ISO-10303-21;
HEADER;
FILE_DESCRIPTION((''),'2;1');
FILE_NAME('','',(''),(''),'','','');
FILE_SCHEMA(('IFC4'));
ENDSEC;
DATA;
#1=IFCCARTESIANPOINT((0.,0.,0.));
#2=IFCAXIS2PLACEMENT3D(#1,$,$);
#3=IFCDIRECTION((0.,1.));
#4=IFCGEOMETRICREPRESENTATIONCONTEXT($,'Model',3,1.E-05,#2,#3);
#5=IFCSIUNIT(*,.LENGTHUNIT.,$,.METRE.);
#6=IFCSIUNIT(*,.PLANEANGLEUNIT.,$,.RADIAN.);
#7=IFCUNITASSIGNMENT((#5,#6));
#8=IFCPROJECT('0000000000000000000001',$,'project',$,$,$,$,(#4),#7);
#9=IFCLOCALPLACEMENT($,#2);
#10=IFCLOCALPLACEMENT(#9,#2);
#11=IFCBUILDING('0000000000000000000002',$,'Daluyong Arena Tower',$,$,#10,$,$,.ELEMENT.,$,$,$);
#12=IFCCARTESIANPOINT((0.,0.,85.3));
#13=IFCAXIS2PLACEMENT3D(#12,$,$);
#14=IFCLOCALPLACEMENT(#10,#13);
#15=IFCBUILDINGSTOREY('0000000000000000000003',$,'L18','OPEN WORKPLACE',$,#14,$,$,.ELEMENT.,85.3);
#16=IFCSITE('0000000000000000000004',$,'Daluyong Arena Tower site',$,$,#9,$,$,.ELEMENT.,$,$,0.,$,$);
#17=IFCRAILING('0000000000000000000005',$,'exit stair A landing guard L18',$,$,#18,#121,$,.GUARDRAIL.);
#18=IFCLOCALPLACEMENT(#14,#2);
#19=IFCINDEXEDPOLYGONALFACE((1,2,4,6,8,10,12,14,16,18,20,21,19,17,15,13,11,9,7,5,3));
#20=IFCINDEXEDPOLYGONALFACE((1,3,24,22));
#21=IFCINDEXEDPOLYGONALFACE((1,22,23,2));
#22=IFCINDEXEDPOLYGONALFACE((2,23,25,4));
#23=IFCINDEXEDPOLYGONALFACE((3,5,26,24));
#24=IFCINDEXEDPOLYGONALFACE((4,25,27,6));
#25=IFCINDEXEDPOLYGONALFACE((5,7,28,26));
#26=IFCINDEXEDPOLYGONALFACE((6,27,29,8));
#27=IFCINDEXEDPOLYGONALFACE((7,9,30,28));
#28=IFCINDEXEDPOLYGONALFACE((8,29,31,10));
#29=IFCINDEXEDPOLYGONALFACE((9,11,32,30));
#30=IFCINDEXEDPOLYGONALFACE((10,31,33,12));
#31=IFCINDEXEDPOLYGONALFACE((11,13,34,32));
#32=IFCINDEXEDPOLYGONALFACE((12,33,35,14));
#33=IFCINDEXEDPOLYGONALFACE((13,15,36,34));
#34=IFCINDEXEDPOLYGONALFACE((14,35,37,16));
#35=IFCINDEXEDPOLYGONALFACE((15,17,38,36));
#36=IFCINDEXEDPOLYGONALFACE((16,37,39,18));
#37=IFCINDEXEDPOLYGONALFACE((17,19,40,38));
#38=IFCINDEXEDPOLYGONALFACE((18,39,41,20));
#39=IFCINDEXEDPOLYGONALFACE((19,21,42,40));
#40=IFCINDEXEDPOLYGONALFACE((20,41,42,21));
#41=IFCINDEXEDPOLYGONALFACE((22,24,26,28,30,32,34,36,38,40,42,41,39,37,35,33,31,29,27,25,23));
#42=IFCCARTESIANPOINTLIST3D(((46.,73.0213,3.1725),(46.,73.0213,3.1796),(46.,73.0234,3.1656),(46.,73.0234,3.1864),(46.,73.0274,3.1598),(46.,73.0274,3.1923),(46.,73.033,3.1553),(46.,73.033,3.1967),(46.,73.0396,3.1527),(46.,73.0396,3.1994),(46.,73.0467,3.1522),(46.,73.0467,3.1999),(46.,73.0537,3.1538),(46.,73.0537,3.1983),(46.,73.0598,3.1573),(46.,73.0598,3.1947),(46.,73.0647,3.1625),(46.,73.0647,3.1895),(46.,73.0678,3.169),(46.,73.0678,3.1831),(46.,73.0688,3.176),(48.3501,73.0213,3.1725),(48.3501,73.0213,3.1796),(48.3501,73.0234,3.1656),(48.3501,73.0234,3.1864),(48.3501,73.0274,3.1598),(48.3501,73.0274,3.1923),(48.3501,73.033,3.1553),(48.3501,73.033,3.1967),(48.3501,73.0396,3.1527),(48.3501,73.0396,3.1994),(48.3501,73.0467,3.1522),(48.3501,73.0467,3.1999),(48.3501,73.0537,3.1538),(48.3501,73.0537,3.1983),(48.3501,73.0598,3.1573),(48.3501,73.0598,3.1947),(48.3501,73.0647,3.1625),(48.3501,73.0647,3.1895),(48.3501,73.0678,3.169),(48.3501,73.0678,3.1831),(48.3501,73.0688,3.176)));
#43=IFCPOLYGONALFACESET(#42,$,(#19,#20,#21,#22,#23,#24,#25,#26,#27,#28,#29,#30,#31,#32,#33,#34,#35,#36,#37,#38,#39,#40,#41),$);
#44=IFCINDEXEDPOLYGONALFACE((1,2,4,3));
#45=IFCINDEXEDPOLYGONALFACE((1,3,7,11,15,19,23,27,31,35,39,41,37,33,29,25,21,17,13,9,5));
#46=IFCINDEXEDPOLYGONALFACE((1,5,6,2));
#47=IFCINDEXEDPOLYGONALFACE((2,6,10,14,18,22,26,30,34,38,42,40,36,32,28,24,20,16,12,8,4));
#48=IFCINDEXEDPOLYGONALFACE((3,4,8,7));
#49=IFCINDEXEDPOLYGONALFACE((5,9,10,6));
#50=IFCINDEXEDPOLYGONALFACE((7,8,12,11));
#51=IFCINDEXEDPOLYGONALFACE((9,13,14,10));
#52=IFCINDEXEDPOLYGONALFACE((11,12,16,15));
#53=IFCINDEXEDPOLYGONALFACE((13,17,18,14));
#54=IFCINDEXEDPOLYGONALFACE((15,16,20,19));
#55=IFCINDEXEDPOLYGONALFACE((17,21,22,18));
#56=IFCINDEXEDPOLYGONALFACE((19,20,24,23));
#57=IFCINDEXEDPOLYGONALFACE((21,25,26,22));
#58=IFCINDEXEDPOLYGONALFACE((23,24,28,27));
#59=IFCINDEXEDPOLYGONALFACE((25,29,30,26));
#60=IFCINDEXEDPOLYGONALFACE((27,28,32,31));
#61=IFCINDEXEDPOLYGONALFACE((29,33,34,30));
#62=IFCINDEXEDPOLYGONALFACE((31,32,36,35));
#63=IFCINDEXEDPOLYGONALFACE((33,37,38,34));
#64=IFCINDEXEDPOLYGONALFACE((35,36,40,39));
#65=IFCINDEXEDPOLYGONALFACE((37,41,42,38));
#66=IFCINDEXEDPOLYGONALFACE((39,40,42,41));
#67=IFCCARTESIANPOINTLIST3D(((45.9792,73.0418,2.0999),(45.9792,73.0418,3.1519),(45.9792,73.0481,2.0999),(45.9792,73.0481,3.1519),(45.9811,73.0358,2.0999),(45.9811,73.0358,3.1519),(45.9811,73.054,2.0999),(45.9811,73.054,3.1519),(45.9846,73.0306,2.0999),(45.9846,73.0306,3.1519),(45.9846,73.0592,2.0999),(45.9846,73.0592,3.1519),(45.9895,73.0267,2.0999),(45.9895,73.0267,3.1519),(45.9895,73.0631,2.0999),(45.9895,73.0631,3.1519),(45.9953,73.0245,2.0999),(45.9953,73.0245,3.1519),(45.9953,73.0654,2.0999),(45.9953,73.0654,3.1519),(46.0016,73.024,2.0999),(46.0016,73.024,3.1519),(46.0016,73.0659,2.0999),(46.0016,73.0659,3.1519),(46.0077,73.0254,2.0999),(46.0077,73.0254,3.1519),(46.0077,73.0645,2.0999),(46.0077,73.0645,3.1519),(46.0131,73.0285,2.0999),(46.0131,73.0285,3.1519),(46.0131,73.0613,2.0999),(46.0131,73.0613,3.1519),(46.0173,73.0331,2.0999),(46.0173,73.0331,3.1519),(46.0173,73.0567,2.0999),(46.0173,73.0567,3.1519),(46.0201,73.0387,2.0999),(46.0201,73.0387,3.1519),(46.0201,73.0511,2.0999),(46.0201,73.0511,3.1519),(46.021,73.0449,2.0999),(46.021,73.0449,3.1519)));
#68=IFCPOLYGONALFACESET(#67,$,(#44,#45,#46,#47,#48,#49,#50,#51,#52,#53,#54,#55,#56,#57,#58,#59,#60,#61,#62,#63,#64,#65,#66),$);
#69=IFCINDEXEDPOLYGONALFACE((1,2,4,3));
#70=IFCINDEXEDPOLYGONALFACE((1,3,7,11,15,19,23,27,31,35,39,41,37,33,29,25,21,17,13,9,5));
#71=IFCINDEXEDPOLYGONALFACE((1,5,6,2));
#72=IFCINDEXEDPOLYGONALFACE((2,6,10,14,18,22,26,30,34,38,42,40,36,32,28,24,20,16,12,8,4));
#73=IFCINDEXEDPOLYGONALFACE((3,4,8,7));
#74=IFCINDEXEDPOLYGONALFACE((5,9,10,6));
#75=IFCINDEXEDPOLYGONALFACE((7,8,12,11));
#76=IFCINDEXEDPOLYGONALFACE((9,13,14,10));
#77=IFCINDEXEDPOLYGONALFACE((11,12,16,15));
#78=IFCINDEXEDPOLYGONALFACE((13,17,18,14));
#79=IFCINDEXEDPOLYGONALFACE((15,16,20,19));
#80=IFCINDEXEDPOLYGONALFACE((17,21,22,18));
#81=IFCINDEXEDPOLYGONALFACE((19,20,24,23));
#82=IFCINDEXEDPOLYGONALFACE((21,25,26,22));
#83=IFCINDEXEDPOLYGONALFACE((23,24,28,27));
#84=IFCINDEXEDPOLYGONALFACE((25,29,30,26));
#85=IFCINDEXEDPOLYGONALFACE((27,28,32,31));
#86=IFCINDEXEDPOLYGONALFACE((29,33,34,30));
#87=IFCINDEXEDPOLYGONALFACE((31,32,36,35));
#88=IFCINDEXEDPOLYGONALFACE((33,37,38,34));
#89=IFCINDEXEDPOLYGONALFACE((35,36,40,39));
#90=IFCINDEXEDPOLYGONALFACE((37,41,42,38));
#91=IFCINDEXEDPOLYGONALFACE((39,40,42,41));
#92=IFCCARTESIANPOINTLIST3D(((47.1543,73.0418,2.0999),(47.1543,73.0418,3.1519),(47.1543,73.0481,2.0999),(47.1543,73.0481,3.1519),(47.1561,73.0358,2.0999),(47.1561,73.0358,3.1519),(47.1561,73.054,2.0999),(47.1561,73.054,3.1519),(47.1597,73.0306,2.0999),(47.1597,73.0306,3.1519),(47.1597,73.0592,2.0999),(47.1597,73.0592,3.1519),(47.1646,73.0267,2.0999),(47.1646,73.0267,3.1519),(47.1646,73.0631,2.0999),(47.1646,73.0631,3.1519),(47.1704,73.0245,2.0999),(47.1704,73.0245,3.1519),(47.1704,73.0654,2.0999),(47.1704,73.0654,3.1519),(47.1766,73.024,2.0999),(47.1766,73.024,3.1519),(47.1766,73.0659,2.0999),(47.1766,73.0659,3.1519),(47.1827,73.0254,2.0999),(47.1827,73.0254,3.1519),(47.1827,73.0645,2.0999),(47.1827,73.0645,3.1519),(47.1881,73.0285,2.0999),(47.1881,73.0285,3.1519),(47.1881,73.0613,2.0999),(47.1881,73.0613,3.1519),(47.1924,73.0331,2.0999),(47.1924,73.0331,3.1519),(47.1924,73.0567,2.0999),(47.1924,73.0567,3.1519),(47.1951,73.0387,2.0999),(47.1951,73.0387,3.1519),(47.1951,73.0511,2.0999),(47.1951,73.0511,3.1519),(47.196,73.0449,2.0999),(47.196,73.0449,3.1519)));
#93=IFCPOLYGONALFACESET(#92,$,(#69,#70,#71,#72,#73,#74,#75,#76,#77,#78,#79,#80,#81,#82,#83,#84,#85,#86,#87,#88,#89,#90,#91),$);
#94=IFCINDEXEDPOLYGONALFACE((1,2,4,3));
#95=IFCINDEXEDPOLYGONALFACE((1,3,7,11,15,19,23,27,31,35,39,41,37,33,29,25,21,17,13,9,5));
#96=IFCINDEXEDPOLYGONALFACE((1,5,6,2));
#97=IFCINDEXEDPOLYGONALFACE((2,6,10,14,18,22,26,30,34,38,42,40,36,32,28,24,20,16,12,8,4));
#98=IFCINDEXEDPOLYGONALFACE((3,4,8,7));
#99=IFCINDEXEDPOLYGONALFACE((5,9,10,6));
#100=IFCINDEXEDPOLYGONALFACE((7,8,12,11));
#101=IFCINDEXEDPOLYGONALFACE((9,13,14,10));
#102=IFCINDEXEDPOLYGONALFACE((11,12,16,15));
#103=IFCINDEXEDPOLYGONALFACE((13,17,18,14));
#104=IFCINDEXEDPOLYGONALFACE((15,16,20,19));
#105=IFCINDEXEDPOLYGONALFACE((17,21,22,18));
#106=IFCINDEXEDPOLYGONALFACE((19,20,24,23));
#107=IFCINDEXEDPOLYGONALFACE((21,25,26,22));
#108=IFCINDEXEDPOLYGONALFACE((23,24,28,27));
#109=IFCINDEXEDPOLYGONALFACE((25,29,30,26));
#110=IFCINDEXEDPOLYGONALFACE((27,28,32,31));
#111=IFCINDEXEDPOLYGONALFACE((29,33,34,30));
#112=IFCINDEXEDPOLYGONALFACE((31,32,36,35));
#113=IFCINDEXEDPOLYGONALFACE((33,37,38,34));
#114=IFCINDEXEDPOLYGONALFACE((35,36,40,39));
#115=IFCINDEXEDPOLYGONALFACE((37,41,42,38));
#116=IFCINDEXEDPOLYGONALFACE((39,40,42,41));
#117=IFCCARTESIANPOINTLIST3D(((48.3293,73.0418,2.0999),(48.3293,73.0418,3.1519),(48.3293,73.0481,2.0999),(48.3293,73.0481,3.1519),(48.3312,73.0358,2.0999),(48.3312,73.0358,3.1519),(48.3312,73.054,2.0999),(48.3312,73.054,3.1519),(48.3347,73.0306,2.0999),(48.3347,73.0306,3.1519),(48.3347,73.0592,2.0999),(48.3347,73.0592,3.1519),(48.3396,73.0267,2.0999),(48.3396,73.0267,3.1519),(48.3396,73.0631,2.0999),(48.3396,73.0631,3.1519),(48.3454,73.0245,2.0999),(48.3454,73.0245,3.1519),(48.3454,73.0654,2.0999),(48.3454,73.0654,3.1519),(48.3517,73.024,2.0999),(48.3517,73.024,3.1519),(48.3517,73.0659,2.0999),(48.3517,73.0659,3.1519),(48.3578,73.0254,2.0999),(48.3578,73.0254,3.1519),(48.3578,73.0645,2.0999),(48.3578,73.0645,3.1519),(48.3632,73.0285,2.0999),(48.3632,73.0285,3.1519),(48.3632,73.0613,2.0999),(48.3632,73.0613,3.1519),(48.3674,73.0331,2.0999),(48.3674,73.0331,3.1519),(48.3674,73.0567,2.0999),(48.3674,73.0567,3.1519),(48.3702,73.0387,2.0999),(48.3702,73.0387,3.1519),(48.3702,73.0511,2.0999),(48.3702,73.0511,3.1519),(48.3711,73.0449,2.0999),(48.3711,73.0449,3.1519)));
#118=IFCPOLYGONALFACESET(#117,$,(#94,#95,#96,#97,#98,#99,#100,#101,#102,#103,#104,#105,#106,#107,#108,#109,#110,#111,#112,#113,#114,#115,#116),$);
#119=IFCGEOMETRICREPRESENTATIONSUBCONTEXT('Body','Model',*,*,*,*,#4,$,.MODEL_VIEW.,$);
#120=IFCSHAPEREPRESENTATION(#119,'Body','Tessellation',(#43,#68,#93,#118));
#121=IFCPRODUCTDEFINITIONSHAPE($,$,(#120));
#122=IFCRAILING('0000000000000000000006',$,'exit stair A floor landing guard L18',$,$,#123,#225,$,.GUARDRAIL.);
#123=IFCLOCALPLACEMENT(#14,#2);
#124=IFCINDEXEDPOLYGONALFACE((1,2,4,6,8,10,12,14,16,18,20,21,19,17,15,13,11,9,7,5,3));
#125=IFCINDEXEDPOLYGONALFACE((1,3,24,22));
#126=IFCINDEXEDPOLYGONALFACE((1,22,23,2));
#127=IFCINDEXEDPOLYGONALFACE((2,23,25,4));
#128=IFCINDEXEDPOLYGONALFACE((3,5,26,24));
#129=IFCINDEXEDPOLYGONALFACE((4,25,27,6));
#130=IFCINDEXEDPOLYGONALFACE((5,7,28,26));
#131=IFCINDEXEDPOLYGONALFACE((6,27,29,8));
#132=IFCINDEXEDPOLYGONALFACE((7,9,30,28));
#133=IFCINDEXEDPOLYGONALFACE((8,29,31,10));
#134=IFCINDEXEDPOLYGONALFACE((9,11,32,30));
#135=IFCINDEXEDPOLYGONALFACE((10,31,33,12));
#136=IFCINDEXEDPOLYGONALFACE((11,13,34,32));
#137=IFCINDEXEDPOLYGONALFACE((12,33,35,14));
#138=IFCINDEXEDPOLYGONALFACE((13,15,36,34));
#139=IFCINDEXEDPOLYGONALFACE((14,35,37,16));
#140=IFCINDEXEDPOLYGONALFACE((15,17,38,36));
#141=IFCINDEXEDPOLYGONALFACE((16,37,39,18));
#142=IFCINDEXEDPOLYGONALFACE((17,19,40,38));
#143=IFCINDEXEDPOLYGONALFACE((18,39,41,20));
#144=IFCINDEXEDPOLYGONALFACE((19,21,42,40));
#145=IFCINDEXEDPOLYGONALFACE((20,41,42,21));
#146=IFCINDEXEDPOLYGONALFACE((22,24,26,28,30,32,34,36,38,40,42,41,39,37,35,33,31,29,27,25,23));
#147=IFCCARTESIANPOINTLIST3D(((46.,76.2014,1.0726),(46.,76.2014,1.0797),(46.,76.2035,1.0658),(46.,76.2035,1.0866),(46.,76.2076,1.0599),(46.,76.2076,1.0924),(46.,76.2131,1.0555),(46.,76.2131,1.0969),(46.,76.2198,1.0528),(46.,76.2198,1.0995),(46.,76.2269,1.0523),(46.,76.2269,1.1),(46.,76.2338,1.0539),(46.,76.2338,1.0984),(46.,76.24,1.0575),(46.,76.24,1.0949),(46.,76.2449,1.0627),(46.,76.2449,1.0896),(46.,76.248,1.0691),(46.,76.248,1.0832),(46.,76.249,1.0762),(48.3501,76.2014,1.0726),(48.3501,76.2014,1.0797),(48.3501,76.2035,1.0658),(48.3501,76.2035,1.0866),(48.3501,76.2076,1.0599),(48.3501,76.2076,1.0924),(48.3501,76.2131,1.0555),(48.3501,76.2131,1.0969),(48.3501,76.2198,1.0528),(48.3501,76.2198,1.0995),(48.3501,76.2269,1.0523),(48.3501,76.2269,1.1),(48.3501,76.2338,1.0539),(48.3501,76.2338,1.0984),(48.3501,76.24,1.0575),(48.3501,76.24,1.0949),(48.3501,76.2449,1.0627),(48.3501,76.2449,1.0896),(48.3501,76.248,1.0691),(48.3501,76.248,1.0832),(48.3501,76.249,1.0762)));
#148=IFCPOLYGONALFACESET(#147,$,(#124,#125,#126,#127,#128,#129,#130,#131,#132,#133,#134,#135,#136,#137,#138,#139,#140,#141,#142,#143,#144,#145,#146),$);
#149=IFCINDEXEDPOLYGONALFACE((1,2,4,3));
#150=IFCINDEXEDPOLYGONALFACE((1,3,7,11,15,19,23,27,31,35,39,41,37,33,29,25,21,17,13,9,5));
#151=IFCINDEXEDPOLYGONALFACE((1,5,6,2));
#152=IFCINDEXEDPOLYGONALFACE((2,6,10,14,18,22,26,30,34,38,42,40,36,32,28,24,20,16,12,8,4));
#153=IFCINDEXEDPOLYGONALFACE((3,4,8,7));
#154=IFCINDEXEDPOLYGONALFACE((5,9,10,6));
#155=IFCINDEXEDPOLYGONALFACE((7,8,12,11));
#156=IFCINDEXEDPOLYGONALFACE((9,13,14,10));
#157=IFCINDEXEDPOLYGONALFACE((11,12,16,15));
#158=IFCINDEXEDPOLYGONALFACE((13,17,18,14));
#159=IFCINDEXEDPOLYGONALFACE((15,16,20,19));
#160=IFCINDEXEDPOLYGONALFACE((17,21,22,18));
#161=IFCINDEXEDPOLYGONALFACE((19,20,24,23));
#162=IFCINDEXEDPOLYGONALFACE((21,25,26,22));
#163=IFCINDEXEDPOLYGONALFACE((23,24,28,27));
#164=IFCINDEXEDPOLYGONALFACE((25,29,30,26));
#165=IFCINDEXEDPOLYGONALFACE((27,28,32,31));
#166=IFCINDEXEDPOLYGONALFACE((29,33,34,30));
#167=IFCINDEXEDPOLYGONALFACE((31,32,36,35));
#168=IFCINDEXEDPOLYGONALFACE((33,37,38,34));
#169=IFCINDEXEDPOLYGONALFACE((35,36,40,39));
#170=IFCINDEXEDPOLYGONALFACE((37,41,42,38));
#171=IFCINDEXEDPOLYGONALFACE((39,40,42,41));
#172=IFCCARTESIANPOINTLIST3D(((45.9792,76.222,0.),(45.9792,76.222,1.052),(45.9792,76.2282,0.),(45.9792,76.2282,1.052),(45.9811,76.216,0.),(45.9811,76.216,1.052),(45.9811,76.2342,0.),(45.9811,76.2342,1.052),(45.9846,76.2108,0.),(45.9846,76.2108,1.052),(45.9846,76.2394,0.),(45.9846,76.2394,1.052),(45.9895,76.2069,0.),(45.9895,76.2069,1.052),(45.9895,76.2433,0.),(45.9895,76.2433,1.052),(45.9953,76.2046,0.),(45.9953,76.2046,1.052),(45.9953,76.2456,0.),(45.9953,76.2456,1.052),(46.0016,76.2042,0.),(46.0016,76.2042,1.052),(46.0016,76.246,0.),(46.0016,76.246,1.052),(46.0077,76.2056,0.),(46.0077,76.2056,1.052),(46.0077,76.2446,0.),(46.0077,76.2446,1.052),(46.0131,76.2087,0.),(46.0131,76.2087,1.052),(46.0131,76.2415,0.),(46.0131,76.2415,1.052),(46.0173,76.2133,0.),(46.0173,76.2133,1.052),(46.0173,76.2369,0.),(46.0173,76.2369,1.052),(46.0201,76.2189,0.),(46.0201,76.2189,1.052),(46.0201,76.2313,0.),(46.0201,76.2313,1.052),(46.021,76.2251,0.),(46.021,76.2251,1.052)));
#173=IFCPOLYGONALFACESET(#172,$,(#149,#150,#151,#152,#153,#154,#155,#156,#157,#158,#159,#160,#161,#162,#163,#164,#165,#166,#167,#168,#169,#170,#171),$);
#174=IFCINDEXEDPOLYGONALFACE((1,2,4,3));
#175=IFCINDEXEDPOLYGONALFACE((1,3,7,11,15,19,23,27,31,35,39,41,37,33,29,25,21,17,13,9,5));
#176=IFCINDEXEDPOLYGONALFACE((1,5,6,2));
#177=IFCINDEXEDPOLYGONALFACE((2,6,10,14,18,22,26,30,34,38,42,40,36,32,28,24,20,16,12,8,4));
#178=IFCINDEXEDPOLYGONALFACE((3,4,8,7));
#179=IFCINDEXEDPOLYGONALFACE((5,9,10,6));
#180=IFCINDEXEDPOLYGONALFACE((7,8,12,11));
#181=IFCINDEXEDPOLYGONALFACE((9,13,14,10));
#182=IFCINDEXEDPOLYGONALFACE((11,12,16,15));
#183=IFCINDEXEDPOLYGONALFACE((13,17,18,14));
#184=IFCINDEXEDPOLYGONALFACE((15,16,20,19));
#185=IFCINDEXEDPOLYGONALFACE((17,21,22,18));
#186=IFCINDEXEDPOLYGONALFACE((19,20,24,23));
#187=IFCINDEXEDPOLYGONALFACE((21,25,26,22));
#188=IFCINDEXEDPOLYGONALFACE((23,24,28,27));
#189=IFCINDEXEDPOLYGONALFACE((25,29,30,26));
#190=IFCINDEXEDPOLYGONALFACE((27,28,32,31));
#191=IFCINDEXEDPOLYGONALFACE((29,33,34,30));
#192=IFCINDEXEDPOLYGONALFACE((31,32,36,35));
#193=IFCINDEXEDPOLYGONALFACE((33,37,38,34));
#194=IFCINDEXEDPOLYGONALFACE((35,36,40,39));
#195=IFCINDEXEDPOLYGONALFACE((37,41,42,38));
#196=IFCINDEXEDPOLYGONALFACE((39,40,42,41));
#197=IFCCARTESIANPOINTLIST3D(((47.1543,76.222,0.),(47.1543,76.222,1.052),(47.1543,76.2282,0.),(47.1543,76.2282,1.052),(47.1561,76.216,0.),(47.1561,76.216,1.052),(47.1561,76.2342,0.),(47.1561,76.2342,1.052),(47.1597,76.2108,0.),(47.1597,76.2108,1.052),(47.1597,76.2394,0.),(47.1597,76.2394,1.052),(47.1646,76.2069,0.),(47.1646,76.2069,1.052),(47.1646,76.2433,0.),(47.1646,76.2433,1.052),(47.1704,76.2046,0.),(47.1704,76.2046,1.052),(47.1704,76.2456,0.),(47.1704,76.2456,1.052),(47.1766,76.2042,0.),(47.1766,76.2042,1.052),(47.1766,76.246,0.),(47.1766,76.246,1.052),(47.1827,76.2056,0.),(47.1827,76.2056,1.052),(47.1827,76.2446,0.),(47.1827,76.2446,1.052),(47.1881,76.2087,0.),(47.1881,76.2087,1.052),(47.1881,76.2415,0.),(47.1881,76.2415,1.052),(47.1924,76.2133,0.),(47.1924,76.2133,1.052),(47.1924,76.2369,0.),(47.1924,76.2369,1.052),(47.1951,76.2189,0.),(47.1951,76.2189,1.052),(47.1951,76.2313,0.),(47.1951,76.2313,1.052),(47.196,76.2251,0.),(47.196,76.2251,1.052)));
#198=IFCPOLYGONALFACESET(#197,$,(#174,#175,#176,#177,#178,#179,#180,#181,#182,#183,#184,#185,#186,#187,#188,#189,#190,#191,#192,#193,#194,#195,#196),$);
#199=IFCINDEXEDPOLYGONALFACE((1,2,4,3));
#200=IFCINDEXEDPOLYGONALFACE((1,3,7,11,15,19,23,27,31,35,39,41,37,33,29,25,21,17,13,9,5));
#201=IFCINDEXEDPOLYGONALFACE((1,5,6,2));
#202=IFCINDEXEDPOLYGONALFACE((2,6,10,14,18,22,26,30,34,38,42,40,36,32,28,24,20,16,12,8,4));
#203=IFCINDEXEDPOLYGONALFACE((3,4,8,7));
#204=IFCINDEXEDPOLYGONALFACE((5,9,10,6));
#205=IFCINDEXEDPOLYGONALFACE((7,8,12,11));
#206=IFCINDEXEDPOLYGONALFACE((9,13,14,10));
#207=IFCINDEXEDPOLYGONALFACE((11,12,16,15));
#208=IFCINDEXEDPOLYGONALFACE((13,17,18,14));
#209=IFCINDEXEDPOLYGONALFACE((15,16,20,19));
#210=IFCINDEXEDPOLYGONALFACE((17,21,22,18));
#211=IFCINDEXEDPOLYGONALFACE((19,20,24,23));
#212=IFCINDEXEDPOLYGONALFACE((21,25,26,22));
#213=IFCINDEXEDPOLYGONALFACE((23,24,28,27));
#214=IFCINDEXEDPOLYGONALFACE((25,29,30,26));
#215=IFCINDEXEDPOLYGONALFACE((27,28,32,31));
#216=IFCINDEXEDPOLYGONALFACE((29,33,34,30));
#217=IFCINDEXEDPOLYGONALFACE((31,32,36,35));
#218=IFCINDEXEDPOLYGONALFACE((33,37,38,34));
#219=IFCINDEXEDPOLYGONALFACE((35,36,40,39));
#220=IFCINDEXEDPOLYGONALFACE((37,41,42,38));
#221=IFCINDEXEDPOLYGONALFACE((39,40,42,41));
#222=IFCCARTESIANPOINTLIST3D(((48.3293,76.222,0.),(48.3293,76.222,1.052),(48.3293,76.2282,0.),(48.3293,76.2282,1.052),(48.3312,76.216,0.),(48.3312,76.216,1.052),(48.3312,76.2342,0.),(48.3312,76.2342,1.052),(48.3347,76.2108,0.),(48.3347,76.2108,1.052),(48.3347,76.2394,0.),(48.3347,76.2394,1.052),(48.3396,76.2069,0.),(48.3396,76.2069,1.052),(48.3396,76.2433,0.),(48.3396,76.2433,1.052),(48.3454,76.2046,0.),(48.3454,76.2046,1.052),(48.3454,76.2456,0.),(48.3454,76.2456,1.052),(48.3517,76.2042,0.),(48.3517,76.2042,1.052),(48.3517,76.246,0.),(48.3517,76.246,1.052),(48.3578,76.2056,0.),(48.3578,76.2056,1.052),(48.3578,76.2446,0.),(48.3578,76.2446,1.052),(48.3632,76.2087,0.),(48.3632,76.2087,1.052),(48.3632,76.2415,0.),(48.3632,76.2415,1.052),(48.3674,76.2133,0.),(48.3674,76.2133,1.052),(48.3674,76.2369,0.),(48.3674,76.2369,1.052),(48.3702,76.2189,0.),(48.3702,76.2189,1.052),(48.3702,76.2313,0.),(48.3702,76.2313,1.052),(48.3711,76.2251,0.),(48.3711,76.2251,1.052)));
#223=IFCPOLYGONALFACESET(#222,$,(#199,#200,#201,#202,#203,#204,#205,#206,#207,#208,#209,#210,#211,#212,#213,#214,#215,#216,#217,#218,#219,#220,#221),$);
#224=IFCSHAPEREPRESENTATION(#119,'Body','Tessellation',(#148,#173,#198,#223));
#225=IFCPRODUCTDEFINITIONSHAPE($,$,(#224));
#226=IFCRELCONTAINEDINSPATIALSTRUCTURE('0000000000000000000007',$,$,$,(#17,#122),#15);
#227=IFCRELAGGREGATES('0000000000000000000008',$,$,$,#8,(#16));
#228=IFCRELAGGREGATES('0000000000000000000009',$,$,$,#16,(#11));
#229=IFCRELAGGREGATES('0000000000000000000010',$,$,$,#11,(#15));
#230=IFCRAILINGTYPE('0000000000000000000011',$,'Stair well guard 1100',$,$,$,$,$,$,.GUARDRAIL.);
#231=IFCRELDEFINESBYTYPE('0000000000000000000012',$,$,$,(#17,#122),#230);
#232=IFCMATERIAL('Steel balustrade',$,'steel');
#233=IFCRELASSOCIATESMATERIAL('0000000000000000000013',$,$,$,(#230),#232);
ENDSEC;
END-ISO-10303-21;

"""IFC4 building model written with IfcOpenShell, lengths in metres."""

from ifc_helpers import new_model, si_unit, direction, frame, origin, origin_2d, place, context, subcontext, project, spatial, circle, extrude, material, type_object, element, save


model = new_model("IFC4")

# Units and contexts
model_context = context("Model", 3, precision=1e-05, world=origin(), true_north=direction((0.0, 1.0)))
body_context = subcontext(model_context, "Body", "Model", "MODEL_VIEW")
ifc_project = project(units=[si_unit("LENGTHUNIT", "METRE"), si_unit("PLANEANGLEUNIT", "RADIAN")], contexts=[model_context])

# Site, building, storey
site_placement = place(None, origin())
site = spatial("IfcSite", under=ifc_project, at=site_placement, Name="Daluyong Arena Tower site", CompositionType="ELEMENT", RefElevation=0.0)
building_placement = place(site_placement, origin())
building = spatial("IfcBuilding", under=site, at=building_placement, Name="Daluyong Arena Tower", CompositionType="ELEMENT")
storey_placement = place(building_placement, frame((0.0, 0.0, 85.3)))
storey = spatial("IfcBuildingStorey", under=building, at=storey_placement, Name="L18", Description="OPEN WORKPLACE", CompositionType="ELEMENT", Elevation=85.3)

# Railings
ifc_material_1 = material(Name="Steel balustrade", Category="steel")
railing_type_1 = type_object("IfcRailingType", Name="Stair well guard 1100", PredefinedType="GUARDRAIL", material=ifc_material_1)
for number, where, name in (
    (1, (46.0, 73.0449, 2.0999), "exit stair A landing guard L18"),
    (2, (46.0, 76.2251, 0.0), "exit stair A floor landing guard L18"),
):
    element("IfcRailing", number, at=place(storey_placement, frame(where)), inside=storey, type_object=railing_type_1, Name=name, PredefinedType="GUARDRAIL", context=body_context, shape_type="SweptSolid", body=[
        extrude(circle(Radius=0.0239, at=origin_2d()), frame((0.0, 0.0, 1.0762), z_axis=(1.0, 0.0, 0.0), x_axis=(0.0, 1.0, 0.0)), (0.0, 0.0, 1.0), 2.3501),
        extrude(circle(Radius=0.021, at=origin_2d()), origin(), (0.0, 0.0, 1.0), 1.052),
        extrude(circle(Radius=0.021, at=origin_2d()), frame((1.175, 0.0, 0.0)), (0.0, 0.0, 1.0), 1.052),
        extrude(circle(Radius=0.021, at=origin_2d()), frame((2.3501, 0.0, 0.0)), (0.0, 0.0, 1.0), 1.052),
    ])

save(model, "model.ifc")
